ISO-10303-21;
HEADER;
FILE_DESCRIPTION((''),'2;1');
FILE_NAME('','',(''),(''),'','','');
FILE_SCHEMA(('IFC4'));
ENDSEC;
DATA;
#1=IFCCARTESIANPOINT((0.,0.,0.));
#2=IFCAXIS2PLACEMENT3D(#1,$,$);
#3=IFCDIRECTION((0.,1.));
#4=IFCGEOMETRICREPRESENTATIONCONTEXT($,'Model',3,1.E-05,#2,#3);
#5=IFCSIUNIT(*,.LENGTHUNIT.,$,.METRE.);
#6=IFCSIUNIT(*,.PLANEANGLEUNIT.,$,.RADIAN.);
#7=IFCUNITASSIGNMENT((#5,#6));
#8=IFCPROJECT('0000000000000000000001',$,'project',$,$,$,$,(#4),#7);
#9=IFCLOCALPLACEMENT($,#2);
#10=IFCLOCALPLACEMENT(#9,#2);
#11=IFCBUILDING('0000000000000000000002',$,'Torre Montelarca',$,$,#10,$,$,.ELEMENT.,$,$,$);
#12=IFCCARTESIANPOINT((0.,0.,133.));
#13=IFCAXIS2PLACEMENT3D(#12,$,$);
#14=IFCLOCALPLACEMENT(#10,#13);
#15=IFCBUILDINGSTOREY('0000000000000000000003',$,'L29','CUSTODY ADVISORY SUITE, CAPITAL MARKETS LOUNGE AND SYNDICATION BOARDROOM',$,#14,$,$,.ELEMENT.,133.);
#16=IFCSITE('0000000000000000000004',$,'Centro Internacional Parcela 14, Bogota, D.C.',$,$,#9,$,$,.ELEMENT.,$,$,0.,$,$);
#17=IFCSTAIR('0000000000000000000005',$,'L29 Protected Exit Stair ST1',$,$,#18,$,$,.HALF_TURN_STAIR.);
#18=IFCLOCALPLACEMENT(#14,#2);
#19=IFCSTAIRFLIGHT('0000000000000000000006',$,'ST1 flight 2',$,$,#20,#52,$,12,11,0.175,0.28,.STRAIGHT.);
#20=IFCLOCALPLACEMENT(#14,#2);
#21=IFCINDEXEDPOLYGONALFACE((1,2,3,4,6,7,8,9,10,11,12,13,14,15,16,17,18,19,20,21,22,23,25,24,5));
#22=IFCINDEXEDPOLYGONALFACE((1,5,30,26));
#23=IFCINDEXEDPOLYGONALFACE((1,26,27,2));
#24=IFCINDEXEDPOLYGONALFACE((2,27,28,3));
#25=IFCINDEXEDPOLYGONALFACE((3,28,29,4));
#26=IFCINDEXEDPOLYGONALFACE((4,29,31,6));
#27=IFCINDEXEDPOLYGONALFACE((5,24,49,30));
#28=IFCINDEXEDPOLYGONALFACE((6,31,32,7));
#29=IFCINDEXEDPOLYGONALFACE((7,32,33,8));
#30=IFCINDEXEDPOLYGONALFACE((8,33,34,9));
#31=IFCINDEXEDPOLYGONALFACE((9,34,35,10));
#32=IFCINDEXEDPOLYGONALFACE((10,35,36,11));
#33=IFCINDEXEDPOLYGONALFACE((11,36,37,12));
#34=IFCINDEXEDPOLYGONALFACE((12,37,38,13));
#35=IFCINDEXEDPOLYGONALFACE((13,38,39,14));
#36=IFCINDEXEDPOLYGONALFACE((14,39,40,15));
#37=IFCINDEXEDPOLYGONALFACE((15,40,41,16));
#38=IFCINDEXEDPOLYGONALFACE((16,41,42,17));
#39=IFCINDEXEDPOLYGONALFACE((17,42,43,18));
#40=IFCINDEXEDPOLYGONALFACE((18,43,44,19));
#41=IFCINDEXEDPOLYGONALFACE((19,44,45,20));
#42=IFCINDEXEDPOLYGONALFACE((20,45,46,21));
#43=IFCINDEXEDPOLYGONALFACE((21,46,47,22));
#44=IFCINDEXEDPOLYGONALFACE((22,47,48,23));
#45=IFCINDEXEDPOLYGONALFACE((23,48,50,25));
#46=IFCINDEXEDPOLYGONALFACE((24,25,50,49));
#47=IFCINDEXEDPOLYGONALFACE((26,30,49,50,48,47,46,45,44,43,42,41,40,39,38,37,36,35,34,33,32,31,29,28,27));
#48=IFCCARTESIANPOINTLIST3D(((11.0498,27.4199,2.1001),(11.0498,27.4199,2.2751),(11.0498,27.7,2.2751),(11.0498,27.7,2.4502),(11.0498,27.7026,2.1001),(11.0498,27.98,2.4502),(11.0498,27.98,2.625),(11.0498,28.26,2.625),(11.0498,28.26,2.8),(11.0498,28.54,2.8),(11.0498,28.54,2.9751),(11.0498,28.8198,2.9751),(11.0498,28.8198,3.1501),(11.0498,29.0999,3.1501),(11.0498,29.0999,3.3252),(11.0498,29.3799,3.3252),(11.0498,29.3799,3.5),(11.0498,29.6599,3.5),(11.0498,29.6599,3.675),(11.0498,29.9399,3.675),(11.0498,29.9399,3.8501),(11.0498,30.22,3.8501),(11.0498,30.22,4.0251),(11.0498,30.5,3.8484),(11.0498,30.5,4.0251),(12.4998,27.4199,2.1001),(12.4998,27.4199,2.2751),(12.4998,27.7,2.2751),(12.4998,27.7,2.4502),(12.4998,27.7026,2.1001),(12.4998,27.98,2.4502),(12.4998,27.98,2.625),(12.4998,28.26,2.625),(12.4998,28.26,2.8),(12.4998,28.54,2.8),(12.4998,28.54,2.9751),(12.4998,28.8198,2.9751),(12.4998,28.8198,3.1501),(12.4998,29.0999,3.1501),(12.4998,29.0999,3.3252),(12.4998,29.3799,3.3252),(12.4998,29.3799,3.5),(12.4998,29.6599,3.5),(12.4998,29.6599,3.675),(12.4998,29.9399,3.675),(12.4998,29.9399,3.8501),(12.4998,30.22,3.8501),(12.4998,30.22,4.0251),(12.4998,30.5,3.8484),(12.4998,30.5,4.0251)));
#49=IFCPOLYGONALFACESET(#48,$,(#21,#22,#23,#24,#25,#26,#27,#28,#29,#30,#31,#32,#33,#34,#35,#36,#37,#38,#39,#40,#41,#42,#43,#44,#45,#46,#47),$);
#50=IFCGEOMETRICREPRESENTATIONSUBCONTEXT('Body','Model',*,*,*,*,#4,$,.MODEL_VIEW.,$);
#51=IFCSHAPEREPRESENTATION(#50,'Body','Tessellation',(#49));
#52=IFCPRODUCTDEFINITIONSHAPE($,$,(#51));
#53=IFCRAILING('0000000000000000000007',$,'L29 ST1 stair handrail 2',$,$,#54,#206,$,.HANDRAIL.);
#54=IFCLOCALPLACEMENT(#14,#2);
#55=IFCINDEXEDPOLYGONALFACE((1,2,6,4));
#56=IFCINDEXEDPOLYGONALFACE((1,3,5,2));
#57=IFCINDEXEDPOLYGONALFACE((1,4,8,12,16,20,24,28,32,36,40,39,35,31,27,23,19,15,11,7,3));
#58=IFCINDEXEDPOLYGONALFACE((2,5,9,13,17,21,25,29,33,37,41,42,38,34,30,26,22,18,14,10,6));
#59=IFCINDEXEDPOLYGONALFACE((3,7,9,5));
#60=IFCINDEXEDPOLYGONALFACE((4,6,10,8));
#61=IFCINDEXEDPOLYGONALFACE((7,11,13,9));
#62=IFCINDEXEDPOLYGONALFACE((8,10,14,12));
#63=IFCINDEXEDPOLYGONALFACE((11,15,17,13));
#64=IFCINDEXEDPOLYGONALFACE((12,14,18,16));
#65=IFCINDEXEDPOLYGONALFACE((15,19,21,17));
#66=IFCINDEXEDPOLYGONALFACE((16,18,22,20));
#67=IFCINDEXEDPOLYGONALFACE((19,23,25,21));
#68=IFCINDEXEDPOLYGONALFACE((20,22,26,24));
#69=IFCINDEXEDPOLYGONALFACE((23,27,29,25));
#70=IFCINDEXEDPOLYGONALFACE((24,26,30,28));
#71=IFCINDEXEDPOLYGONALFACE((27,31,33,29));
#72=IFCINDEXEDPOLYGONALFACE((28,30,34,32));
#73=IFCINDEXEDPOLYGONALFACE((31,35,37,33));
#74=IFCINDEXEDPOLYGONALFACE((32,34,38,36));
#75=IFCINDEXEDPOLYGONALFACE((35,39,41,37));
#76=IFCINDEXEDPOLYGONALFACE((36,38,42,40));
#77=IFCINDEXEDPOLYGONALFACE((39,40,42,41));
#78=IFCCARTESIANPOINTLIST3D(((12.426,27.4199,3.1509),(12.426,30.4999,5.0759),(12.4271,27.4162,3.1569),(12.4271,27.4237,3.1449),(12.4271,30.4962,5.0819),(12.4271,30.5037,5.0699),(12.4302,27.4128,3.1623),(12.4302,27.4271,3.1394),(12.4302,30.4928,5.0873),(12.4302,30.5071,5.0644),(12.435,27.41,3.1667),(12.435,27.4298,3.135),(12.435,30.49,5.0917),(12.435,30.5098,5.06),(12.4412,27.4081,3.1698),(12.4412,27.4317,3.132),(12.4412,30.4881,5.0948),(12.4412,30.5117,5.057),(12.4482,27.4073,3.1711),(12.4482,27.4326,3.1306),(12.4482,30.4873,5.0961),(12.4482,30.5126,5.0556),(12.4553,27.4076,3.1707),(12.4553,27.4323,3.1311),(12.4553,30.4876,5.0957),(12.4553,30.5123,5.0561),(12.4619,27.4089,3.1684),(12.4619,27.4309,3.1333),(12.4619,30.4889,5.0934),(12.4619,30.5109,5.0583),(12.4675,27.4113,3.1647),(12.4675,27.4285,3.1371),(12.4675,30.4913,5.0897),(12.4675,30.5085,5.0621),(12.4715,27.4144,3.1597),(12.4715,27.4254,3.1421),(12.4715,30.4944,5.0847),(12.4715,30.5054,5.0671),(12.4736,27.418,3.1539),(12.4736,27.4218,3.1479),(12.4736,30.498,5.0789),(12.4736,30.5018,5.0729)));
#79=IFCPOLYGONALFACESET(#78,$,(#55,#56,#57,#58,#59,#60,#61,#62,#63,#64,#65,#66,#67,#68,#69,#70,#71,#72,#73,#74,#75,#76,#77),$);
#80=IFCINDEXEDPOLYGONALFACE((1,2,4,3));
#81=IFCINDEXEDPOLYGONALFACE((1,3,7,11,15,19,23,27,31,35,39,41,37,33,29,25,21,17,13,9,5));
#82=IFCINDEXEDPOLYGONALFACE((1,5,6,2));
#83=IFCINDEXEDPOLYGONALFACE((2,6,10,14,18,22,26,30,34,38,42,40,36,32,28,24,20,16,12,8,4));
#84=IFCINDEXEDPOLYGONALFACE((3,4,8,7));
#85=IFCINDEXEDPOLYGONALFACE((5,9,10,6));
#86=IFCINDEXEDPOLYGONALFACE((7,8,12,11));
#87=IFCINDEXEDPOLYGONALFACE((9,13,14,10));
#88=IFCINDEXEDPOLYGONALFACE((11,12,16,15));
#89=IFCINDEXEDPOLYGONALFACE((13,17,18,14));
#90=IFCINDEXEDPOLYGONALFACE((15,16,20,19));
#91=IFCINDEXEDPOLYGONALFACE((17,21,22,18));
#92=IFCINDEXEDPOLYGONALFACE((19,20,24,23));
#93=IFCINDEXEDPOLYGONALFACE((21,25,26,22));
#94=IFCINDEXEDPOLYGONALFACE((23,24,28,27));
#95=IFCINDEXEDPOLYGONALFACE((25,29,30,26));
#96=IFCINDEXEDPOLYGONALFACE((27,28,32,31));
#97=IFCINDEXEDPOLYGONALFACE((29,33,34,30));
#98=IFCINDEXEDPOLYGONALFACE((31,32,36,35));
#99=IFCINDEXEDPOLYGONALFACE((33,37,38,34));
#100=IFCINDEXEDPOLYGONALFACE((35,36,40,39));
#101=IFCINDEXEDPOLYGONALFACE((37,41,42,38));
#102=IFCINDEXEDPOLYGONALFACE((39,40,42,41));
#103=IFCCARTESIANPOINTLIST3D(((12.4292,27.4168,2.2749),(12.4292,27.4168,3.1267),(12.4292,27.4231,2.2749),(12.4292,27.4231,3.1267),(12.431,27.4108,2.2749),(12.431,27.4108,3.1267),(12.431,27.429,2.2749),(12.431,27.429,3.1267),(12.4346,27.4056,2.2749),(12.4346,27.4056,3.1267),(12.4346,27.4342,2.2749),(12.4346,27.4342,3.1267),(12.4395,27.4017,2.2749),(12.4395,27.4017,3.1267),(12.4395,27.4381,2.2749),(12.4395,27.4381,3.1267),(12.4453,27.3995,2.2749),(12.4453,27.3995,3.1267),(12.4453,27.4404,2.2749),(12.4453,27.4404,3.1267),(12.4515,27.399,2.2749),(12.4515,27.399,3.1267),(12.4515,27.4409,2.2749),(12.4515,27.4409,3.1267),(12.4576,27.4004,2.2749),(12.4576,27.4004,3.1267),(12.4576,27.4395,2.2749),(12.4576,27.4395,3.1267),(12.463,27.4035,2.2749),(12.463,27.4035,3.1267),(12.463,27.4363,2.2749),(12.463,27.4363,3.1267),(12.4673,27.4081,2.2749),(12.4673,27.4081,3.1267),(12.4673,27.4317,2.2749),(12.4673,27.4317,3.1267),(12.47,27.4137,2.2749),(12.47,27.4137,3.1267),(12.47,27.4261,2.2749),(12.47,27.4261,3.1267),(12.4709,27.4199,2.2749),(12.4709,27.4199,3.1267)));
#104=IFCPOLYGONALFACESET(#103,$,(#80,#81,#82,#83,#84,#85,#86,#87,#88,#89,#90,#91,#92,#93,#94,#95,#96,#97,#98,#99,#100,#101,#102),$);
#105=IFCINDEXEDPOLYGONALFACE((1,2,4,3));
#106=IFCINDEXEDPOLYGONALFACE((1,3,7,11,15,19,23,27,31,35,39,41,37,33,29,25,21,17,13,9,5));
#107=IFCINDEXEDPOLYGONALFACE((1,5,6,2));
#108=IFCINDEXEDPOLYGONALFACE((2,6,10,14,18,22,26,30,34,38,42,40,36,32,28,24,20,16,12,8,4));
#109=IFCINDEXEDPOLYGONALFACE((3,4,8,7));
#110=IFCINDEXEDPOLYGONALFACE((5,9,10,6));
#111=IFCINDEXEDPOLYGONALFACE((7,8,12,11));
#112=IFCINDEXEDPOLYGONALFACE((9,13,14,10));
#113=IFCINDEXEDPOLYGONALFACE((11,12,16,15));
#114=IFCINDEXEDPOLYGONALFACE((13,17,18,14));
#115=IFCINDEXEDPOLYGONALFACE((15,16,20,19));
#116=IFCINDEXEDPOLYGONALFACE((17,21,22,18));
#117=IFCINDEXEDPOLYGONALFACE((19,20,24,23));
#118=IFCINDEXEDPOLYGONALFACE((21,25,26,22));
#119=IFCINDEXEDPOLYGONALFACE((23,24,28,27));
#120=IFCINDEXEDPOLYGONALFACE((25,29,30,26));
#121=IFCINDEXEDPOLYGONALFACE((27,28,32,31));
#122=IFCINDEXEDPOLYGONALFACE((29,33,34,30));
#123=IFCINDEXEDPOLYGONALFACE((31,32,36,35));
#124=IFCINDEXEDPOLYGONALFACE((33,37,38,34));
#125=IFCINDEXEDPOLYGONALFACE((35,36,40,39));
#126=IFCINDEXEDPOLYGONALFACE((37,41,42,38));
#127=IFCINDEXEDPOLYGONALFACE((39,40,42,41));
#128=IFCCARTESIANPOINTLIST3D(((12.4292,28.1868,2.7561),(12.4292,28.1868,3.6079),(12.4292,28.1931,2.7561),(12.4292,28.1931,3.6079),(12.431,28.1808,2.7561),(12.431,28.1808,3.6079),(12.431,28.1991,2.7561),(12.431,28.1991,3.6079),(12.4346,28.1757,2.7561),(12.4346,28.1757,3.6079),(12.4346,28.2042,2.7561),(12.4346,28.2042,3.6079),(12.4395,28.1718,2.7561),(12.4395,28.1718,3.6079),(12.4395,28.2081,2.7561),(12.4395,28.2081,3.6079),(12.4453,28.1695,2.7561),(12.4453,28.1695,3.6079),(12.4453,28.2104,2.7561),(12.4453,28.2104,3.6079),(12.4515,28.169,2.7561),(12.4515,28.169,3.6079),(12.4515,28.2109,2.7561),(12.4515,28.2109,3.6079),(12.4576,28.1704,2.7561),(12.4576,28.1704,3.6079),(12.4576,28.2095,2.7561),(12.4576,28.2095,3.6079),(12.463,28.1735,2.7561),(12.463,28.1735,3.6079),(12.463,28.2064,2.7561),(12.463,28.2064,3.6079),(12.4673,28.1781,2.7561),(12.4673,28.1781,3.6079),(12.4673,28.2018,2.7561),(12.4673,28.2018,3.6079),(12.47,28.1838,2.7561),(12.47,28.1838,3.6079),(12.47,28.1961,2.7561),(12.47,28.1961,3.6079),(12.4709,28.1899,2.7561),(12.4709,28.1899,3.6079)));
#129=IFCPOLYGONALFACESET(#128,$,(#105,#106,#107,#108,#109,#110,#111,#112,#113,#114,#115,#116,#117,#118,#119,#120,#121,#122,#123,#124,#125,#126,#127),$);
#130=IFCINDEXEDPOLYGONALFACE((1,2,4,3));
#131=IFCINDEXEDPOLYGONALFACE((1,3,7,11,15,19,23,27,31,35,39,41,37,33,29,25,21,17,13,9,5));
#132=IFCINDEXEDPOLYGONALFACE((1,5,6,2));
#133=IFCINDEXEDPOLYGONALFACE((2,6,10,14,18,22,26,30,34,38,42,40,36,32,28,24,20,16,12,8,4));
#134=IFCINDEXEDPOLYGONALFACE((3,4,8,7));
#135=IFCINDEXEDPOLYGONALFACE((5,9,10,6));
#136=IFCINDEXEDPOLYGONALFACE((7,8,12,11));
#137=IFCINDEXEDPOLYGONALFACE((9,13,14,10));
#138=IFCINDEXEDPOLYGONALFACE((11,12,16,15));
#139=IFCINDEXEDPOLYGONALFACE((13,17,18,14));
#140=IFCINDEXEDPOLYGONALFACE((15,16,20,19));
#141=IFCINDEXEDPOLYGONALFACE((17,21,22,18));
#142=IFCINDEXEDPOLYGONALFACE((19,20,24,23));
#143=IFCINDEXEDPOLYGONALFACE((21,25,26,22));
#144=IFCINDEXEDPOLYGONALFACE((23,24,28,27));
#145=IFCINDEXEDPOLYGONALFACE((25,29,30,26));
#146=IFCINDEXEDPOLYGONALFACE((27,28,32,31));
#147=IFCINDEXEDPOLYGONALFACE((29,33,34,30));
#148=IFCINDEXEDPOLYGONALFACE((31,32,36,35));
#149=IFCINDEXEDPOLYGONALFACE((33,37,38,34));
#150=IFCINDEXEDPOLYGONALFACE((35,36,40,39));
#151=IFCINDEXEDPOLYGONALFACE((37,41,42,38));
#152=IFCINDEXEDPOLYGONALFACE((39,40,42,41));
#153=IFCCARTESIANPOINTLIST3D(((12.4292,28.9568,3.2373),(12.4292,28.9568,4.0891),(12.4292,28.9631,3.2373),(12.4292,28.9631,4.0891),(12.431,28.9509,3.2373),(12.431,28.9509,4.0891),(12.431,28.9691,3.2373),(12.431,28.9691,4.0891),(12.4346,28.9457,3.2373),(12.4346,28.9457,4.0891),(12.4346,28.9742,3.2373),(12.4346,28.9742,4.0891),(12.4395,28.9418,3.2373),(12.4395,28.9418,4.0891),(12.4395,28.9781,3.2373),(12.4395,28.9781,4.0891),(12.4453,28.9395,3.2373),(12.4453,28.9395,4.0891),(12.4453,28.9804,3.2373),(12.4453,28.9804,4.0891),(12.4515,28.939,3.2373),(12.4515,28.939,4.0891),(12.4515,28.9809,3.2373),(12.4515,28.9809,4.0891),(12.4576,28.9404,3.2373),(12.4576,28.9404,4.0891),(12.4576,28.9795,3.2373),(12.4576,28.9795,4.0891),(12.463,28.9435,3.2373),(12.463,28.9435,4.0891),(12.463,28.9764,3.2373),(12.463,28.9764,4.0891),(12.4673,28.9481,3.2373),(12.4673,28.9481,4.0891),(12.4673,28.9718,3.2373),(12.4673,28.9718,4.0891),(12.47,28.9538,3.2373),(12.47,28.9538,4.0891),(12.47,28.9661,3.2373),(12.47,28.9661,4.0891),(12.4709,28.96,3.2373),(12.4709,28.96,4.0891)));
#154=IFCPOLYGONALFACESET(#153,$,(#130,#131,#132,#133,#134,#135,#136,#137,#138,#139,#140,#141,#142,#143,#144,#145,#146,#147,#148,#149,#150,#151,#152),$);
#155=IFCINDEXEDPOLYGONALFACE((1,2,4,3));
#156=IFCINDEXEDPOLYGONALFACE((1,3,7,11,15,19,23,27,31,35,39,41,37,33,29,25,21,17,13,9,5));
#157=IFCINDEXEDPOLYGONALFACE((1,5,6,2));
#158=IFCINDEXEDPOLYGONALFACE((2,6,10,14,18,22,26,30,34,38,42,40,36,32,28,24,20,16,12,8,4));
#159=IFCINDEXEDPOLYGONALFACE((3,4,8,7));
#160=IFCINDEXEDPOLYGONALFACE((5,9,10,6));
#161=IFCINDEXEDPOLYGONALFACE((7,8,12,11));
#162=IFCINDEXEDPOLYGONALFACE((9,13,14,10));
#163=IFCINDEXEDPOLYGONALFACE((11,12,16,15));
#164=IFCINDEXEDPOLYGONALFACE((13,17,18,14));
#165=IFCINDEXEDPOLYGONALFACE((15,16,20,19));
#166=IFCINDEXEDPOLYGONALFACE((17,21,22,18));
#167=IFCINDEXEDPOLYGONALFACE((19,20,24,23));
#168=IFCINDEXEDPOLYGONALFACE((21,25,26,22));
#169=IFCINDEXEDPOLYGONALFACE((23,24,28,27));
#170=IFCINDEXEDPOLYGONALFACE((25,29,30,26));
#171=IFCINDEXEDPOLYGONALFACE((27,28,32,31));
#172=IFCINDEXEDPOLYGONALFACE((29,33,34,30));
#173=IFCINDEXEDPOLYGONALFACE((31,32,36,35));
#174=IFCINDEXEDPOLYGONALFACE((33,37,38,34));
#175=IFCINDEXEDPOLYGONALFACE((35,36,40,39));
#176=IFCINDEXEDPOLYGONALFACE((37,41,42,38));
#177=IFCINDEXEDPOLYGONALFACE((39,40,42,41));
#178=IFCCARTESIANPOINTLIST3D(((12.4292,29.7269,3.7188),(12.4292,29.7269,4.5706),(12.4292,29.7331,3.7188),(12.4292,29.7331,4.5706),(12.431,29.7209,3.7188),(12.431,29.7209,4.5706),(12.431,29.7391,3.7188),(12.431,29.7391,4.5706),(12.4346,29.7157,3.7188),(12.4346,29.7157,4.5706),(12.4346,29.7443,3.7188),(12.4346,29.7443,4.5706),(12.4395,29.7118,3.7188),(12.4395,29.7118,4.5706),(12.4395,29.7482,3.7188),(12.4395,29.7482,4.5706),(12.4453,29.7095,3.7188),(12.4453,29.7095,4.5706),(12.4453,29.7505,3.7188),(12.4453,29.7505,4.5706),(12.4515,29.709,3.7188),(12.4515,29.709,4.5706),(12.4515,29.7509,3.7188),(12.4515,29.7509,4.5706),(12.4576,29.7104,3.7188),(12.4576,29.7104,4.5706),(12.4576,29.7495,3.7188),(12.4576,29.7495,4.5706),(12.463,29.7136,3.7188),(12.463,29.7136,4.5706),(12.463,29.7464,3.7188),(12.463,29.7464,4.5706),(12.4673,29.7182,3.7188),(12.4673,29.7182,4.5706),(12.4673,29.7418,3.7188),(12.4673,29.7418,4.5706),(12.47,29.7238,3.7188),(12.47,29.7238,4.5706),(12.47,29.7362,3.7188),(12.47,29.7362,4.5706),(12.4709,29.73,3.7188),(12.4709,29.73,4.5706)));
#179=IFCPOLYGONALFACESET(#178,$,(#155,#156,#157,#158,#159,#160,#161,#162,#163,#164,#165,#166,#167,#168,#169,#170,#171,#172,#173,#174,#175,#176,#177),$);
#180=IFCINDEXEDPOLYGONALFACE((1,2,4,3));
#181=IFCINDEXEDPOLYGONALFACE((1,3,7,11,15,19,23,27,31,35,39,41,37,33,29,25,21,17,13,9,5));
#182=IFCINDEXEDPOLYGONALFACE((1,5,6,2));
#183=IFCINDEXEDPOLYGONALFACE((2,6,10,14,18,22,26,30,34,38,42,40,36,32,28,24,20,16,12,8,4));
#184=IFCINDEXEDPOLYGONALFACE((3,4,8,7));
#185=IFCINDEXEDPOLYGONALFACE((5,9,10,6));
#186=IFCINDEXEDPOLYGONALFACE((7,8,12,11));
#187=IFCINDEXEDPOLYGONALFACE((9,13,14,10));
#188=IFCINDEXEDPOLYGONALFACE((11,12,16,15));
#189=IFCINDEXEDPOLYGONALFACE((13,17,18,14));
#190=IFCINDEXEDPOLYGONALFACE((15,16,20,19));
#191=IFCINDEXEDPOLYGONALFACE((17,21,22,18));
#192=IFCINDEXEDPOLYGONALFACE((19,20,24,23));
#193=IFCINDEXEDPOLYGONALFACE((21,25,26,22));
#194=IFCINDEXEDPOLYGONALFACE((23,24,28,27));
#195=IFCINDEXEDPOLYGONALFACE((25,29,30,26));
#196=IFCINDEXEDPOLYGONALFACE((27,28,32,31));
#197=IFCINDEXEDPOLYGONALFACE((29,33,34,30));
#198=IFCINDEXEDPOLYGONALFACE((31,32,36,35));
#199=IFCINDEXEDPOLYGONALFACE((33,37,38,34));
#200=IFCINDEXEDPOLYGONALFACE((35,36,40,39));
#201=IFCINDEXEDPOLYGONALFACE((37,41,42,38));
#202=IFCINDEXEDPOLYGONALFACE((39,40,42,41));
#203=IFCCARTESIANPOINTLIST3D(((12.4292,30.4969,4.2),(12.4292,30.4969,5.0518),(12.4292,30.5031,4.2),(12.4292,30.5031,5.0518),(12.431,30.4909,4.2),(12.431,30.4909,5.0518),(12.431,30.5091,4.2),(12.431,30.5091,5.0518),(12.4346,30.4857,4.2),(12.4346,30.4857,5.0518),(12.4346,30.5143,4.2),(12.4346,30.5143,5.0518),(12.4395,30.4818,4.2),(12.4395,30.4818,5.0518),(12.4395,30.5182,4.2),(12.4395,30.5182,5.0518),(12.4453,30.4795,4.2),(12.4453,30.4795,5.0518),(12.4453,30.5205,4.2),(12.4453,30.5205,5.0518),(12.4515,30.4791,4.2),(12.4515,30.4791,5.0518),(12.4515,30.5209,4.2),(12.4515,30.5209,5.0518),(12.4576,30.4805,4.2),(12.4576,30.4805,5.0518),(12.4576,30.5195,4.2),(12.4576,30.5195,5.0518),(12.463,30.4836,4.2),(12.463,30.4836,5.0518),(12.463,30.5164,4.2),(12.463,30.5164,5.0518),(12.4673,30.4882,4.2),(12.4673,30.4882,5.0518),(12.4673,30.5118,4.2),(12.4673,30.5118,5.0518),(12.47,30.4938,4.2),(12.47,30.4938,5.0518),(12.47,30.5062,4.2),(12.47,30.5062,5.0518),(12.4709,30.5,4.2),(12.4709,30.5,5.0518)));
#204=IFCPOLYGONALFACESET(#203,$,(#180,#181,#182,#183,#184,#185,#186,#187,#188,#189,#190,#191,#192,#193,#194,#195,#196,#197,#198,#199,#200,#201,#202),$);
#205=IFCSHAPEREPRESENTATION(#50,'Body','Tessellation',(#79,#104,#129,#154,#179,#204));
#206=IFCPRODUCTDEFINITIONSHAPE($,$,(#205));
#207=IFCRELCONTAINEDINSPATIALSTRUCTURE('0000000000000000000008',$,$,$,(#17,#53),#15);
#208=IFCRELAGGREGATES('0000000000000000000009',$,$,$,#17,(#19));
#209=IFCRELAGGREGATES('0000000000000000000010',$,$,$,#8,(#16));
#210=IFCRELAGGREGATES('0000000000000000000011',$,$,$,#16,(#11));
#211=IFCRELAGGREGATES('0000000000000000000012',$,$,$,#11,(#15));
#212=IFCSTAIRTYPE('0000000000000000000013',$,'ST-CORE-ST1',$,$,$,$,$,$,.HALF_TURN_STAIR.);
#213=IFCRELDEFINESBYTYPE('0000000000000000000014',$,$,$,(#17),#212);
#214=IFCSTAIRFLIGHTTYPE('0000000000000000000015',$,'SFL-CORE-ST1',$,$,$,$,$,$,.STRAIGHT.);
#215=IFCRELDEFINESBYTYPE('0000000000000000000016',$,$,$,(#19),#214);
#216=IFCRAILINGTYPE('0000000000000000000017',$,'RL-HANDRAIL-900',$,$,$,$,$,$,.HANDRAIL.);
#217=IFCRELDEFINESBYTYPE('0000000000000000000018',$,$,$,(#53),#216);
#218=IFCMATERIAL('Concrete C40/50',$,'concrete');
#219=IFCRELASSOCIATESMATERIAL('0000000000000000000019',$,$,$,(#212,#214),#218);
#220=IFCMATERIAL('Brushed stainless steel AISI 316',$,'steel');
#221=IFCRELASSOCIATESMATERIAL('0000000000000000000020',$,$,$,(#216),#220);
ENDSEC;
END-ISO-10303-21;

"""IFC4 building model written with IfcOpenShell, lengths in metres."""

from ifc_helpers import new_model, si_unit, direction, frame, origin, origin_2d, place, context, subcontext, project, spatial, polyline, circle, outline, extrude, material, type_object, element, aggregate, save


model = new_model("IFC4")

# Units and contexts
model_context = context("Model", 3, precision=1e-05, world=origin(), true_north=direction((0.0, 1.0)))
body_context = subcontext(model_context, "Body", "Model", "MODEL_VIEW")
ifc_project = project(units=[si_unit("LENGTHUNIT", "METRE"), si_unit("PLANEANGLEUNIT", "RADIAN")], contexts=[model_context])

# Site, building, storey
site_placement = place(None, origin())
site = spatial("IfcSite", under=ifc_project, at=site_placement, Name="Centro Internacional Parcela 14, Bogota, D.C.", CompositionType="ELEMENT", RefElevation=0.0)
building_placement = place(site_placement, origin())
building = spatial("IfcBuilding", under=site, at=building_placement, Name="Torre Montelarca", CompositionType="ELEMENT")
storey_placement = place(building_placement, frame((0.0, 0.0, 133.0)))
storey = spatial("IfcBuildingStorey", under=building, at=storey_placement, Name="L29", Description="CUSTODY ADVISORY SUITE, CAPITAL MARKETS LOUNGE AND SYNDICATION BOARDROOM", CompositionType="ELEMENT", Elevation=133.0)

# Shared definitions
ifc_material_1 = material(Name="Concrete C40/50", Category="concrete")

# Shared definitions
ifc_material_2 = material(Name="Brushed stainless steel AISI 316", Category="steel")

# Stair, stair flight
stair_type = type_object("IfcStairType", Name="ST-CORE-ST1", PredefinedType="HALF_TURN_STAIR", material=ifc_material_1)
stair_placement = place(storey_placement, origin())
stair = element("IfcStair", 1, at=stair_placement, inside=storey, type_object=stair_type, Name="L29 Protected Exit Stair ST1", PredefinedType="HALF_TURN_STAIR")
stair_flight_type = type_object("IfcStairFlightType", Name="SFL-CORE-ST1", PredefinedType="STRAIGHT", material=ifc_material_1)
stair_flight_placement = place(storey_placement, frame((11.7749, 27.4199, 2.1001), z_axis=(0.0, 0.0, 1.0), x_axis=(0.0, 1.0, 0.0)))
stair_flight = element("IfcStairFlight", 2, at=stair_flight_placement, type_object=stair_flight_type, Name="ST1 flight 2", NumberOfRisers=12, NumberOfTreads=11, PredefinedType="STRAIGHT", RiserHeight=0.175, TreadLength=0.28, context=body_context, shape_type="SweptSolid", body=[
    extrude(outline(polyline([(0.0, 0.0), (0.0, 0.175), (0.28, 0.175), (0.28, 0.3501), (0.5601, 0.3501), (0.5601, 0.5249), (0.8401, 0.5249), (0.8401, 0.7), (1.1201, 0.7), (1.1201, 0.875), (1.3999, 0.875), (1.3999, 1.05), (1.6799, 1.05), (1.6799, 1.2251), (1.96, 1.2251), (1.96, 1.3999), (2.24, 1.3999), (2.24, 1.575), (2.52, 1.575), (2.52, 1.75), (2.8, 1.75), (2.8, 1.925), (3.0801, 1.925), (3.0801, 2.1001), (3.0801, 1.7483), (0.2827, 0.0), (0.0, 0.0)])), frame((0.0, 0.7251, 0.0), z_axis=(0.0, -1.0, 0.0), x_axis=(1.0, 0.0, 0.0)), (0.0, 0.0, 1.0), 1.45),
])
aggregate(stair, [stair_flight])

# Railing
railing_type_1 = type_object("IfcRailingType", Name="RL-HANDRAIL-900", PredefinedType="HANDRAIL", material=ifc_material_2)
railing_1_placement = place(storey_placement, frame((12.45, 27.4199, 2.2749)))
element("IfcRailing", 3, at=railing_1_placement, inside=storey, type_object=railing_type_1, Name="L29 ST1 stair handrail 2", PredefinedType="HANDRAIL", context=body_context, shape_type="SweptSolid", body=[
    extrude(circle(Radius=0.0239, at=origin_2d()), frame((0.0, 0.0, 0.876), z_axis=(0.0, 0.847998, 0.529999), x_axis=(-1.0, 0.0, 0.0)), (0.0, 0.0, 1.0), 3.6321),
    extrude(circle(Radius=0.021, at=origin_2d()), origin(), (0.0, 0.0, 1.0), 0.8518),
    extrude(circle(Radius=0.021, at=origin_2d()), frame((0.0, 0.77, 0.4812)), (0.0, 0.0, 1.0), 0.8518),
    extrude(circle(Radius=0.021, at=origin_2d()), frame((0.0, 1.54, 0.9624)), (0.0, 0.0, 1.0), 0.8518),
    extrude(circle(Radius=0.021, at=origin_2d()), frame((0.0, 2.3101, 1.4438)), (0.0, 0.0, 1.0), 0.8518),
    extrude(circle(Radius=0.021, at=origin_2d()), frame((0.0, 3.0801, 1.925)), (0.0, 0.0, 1.0), 0.8518),
])

save(model, "model.ifc")
